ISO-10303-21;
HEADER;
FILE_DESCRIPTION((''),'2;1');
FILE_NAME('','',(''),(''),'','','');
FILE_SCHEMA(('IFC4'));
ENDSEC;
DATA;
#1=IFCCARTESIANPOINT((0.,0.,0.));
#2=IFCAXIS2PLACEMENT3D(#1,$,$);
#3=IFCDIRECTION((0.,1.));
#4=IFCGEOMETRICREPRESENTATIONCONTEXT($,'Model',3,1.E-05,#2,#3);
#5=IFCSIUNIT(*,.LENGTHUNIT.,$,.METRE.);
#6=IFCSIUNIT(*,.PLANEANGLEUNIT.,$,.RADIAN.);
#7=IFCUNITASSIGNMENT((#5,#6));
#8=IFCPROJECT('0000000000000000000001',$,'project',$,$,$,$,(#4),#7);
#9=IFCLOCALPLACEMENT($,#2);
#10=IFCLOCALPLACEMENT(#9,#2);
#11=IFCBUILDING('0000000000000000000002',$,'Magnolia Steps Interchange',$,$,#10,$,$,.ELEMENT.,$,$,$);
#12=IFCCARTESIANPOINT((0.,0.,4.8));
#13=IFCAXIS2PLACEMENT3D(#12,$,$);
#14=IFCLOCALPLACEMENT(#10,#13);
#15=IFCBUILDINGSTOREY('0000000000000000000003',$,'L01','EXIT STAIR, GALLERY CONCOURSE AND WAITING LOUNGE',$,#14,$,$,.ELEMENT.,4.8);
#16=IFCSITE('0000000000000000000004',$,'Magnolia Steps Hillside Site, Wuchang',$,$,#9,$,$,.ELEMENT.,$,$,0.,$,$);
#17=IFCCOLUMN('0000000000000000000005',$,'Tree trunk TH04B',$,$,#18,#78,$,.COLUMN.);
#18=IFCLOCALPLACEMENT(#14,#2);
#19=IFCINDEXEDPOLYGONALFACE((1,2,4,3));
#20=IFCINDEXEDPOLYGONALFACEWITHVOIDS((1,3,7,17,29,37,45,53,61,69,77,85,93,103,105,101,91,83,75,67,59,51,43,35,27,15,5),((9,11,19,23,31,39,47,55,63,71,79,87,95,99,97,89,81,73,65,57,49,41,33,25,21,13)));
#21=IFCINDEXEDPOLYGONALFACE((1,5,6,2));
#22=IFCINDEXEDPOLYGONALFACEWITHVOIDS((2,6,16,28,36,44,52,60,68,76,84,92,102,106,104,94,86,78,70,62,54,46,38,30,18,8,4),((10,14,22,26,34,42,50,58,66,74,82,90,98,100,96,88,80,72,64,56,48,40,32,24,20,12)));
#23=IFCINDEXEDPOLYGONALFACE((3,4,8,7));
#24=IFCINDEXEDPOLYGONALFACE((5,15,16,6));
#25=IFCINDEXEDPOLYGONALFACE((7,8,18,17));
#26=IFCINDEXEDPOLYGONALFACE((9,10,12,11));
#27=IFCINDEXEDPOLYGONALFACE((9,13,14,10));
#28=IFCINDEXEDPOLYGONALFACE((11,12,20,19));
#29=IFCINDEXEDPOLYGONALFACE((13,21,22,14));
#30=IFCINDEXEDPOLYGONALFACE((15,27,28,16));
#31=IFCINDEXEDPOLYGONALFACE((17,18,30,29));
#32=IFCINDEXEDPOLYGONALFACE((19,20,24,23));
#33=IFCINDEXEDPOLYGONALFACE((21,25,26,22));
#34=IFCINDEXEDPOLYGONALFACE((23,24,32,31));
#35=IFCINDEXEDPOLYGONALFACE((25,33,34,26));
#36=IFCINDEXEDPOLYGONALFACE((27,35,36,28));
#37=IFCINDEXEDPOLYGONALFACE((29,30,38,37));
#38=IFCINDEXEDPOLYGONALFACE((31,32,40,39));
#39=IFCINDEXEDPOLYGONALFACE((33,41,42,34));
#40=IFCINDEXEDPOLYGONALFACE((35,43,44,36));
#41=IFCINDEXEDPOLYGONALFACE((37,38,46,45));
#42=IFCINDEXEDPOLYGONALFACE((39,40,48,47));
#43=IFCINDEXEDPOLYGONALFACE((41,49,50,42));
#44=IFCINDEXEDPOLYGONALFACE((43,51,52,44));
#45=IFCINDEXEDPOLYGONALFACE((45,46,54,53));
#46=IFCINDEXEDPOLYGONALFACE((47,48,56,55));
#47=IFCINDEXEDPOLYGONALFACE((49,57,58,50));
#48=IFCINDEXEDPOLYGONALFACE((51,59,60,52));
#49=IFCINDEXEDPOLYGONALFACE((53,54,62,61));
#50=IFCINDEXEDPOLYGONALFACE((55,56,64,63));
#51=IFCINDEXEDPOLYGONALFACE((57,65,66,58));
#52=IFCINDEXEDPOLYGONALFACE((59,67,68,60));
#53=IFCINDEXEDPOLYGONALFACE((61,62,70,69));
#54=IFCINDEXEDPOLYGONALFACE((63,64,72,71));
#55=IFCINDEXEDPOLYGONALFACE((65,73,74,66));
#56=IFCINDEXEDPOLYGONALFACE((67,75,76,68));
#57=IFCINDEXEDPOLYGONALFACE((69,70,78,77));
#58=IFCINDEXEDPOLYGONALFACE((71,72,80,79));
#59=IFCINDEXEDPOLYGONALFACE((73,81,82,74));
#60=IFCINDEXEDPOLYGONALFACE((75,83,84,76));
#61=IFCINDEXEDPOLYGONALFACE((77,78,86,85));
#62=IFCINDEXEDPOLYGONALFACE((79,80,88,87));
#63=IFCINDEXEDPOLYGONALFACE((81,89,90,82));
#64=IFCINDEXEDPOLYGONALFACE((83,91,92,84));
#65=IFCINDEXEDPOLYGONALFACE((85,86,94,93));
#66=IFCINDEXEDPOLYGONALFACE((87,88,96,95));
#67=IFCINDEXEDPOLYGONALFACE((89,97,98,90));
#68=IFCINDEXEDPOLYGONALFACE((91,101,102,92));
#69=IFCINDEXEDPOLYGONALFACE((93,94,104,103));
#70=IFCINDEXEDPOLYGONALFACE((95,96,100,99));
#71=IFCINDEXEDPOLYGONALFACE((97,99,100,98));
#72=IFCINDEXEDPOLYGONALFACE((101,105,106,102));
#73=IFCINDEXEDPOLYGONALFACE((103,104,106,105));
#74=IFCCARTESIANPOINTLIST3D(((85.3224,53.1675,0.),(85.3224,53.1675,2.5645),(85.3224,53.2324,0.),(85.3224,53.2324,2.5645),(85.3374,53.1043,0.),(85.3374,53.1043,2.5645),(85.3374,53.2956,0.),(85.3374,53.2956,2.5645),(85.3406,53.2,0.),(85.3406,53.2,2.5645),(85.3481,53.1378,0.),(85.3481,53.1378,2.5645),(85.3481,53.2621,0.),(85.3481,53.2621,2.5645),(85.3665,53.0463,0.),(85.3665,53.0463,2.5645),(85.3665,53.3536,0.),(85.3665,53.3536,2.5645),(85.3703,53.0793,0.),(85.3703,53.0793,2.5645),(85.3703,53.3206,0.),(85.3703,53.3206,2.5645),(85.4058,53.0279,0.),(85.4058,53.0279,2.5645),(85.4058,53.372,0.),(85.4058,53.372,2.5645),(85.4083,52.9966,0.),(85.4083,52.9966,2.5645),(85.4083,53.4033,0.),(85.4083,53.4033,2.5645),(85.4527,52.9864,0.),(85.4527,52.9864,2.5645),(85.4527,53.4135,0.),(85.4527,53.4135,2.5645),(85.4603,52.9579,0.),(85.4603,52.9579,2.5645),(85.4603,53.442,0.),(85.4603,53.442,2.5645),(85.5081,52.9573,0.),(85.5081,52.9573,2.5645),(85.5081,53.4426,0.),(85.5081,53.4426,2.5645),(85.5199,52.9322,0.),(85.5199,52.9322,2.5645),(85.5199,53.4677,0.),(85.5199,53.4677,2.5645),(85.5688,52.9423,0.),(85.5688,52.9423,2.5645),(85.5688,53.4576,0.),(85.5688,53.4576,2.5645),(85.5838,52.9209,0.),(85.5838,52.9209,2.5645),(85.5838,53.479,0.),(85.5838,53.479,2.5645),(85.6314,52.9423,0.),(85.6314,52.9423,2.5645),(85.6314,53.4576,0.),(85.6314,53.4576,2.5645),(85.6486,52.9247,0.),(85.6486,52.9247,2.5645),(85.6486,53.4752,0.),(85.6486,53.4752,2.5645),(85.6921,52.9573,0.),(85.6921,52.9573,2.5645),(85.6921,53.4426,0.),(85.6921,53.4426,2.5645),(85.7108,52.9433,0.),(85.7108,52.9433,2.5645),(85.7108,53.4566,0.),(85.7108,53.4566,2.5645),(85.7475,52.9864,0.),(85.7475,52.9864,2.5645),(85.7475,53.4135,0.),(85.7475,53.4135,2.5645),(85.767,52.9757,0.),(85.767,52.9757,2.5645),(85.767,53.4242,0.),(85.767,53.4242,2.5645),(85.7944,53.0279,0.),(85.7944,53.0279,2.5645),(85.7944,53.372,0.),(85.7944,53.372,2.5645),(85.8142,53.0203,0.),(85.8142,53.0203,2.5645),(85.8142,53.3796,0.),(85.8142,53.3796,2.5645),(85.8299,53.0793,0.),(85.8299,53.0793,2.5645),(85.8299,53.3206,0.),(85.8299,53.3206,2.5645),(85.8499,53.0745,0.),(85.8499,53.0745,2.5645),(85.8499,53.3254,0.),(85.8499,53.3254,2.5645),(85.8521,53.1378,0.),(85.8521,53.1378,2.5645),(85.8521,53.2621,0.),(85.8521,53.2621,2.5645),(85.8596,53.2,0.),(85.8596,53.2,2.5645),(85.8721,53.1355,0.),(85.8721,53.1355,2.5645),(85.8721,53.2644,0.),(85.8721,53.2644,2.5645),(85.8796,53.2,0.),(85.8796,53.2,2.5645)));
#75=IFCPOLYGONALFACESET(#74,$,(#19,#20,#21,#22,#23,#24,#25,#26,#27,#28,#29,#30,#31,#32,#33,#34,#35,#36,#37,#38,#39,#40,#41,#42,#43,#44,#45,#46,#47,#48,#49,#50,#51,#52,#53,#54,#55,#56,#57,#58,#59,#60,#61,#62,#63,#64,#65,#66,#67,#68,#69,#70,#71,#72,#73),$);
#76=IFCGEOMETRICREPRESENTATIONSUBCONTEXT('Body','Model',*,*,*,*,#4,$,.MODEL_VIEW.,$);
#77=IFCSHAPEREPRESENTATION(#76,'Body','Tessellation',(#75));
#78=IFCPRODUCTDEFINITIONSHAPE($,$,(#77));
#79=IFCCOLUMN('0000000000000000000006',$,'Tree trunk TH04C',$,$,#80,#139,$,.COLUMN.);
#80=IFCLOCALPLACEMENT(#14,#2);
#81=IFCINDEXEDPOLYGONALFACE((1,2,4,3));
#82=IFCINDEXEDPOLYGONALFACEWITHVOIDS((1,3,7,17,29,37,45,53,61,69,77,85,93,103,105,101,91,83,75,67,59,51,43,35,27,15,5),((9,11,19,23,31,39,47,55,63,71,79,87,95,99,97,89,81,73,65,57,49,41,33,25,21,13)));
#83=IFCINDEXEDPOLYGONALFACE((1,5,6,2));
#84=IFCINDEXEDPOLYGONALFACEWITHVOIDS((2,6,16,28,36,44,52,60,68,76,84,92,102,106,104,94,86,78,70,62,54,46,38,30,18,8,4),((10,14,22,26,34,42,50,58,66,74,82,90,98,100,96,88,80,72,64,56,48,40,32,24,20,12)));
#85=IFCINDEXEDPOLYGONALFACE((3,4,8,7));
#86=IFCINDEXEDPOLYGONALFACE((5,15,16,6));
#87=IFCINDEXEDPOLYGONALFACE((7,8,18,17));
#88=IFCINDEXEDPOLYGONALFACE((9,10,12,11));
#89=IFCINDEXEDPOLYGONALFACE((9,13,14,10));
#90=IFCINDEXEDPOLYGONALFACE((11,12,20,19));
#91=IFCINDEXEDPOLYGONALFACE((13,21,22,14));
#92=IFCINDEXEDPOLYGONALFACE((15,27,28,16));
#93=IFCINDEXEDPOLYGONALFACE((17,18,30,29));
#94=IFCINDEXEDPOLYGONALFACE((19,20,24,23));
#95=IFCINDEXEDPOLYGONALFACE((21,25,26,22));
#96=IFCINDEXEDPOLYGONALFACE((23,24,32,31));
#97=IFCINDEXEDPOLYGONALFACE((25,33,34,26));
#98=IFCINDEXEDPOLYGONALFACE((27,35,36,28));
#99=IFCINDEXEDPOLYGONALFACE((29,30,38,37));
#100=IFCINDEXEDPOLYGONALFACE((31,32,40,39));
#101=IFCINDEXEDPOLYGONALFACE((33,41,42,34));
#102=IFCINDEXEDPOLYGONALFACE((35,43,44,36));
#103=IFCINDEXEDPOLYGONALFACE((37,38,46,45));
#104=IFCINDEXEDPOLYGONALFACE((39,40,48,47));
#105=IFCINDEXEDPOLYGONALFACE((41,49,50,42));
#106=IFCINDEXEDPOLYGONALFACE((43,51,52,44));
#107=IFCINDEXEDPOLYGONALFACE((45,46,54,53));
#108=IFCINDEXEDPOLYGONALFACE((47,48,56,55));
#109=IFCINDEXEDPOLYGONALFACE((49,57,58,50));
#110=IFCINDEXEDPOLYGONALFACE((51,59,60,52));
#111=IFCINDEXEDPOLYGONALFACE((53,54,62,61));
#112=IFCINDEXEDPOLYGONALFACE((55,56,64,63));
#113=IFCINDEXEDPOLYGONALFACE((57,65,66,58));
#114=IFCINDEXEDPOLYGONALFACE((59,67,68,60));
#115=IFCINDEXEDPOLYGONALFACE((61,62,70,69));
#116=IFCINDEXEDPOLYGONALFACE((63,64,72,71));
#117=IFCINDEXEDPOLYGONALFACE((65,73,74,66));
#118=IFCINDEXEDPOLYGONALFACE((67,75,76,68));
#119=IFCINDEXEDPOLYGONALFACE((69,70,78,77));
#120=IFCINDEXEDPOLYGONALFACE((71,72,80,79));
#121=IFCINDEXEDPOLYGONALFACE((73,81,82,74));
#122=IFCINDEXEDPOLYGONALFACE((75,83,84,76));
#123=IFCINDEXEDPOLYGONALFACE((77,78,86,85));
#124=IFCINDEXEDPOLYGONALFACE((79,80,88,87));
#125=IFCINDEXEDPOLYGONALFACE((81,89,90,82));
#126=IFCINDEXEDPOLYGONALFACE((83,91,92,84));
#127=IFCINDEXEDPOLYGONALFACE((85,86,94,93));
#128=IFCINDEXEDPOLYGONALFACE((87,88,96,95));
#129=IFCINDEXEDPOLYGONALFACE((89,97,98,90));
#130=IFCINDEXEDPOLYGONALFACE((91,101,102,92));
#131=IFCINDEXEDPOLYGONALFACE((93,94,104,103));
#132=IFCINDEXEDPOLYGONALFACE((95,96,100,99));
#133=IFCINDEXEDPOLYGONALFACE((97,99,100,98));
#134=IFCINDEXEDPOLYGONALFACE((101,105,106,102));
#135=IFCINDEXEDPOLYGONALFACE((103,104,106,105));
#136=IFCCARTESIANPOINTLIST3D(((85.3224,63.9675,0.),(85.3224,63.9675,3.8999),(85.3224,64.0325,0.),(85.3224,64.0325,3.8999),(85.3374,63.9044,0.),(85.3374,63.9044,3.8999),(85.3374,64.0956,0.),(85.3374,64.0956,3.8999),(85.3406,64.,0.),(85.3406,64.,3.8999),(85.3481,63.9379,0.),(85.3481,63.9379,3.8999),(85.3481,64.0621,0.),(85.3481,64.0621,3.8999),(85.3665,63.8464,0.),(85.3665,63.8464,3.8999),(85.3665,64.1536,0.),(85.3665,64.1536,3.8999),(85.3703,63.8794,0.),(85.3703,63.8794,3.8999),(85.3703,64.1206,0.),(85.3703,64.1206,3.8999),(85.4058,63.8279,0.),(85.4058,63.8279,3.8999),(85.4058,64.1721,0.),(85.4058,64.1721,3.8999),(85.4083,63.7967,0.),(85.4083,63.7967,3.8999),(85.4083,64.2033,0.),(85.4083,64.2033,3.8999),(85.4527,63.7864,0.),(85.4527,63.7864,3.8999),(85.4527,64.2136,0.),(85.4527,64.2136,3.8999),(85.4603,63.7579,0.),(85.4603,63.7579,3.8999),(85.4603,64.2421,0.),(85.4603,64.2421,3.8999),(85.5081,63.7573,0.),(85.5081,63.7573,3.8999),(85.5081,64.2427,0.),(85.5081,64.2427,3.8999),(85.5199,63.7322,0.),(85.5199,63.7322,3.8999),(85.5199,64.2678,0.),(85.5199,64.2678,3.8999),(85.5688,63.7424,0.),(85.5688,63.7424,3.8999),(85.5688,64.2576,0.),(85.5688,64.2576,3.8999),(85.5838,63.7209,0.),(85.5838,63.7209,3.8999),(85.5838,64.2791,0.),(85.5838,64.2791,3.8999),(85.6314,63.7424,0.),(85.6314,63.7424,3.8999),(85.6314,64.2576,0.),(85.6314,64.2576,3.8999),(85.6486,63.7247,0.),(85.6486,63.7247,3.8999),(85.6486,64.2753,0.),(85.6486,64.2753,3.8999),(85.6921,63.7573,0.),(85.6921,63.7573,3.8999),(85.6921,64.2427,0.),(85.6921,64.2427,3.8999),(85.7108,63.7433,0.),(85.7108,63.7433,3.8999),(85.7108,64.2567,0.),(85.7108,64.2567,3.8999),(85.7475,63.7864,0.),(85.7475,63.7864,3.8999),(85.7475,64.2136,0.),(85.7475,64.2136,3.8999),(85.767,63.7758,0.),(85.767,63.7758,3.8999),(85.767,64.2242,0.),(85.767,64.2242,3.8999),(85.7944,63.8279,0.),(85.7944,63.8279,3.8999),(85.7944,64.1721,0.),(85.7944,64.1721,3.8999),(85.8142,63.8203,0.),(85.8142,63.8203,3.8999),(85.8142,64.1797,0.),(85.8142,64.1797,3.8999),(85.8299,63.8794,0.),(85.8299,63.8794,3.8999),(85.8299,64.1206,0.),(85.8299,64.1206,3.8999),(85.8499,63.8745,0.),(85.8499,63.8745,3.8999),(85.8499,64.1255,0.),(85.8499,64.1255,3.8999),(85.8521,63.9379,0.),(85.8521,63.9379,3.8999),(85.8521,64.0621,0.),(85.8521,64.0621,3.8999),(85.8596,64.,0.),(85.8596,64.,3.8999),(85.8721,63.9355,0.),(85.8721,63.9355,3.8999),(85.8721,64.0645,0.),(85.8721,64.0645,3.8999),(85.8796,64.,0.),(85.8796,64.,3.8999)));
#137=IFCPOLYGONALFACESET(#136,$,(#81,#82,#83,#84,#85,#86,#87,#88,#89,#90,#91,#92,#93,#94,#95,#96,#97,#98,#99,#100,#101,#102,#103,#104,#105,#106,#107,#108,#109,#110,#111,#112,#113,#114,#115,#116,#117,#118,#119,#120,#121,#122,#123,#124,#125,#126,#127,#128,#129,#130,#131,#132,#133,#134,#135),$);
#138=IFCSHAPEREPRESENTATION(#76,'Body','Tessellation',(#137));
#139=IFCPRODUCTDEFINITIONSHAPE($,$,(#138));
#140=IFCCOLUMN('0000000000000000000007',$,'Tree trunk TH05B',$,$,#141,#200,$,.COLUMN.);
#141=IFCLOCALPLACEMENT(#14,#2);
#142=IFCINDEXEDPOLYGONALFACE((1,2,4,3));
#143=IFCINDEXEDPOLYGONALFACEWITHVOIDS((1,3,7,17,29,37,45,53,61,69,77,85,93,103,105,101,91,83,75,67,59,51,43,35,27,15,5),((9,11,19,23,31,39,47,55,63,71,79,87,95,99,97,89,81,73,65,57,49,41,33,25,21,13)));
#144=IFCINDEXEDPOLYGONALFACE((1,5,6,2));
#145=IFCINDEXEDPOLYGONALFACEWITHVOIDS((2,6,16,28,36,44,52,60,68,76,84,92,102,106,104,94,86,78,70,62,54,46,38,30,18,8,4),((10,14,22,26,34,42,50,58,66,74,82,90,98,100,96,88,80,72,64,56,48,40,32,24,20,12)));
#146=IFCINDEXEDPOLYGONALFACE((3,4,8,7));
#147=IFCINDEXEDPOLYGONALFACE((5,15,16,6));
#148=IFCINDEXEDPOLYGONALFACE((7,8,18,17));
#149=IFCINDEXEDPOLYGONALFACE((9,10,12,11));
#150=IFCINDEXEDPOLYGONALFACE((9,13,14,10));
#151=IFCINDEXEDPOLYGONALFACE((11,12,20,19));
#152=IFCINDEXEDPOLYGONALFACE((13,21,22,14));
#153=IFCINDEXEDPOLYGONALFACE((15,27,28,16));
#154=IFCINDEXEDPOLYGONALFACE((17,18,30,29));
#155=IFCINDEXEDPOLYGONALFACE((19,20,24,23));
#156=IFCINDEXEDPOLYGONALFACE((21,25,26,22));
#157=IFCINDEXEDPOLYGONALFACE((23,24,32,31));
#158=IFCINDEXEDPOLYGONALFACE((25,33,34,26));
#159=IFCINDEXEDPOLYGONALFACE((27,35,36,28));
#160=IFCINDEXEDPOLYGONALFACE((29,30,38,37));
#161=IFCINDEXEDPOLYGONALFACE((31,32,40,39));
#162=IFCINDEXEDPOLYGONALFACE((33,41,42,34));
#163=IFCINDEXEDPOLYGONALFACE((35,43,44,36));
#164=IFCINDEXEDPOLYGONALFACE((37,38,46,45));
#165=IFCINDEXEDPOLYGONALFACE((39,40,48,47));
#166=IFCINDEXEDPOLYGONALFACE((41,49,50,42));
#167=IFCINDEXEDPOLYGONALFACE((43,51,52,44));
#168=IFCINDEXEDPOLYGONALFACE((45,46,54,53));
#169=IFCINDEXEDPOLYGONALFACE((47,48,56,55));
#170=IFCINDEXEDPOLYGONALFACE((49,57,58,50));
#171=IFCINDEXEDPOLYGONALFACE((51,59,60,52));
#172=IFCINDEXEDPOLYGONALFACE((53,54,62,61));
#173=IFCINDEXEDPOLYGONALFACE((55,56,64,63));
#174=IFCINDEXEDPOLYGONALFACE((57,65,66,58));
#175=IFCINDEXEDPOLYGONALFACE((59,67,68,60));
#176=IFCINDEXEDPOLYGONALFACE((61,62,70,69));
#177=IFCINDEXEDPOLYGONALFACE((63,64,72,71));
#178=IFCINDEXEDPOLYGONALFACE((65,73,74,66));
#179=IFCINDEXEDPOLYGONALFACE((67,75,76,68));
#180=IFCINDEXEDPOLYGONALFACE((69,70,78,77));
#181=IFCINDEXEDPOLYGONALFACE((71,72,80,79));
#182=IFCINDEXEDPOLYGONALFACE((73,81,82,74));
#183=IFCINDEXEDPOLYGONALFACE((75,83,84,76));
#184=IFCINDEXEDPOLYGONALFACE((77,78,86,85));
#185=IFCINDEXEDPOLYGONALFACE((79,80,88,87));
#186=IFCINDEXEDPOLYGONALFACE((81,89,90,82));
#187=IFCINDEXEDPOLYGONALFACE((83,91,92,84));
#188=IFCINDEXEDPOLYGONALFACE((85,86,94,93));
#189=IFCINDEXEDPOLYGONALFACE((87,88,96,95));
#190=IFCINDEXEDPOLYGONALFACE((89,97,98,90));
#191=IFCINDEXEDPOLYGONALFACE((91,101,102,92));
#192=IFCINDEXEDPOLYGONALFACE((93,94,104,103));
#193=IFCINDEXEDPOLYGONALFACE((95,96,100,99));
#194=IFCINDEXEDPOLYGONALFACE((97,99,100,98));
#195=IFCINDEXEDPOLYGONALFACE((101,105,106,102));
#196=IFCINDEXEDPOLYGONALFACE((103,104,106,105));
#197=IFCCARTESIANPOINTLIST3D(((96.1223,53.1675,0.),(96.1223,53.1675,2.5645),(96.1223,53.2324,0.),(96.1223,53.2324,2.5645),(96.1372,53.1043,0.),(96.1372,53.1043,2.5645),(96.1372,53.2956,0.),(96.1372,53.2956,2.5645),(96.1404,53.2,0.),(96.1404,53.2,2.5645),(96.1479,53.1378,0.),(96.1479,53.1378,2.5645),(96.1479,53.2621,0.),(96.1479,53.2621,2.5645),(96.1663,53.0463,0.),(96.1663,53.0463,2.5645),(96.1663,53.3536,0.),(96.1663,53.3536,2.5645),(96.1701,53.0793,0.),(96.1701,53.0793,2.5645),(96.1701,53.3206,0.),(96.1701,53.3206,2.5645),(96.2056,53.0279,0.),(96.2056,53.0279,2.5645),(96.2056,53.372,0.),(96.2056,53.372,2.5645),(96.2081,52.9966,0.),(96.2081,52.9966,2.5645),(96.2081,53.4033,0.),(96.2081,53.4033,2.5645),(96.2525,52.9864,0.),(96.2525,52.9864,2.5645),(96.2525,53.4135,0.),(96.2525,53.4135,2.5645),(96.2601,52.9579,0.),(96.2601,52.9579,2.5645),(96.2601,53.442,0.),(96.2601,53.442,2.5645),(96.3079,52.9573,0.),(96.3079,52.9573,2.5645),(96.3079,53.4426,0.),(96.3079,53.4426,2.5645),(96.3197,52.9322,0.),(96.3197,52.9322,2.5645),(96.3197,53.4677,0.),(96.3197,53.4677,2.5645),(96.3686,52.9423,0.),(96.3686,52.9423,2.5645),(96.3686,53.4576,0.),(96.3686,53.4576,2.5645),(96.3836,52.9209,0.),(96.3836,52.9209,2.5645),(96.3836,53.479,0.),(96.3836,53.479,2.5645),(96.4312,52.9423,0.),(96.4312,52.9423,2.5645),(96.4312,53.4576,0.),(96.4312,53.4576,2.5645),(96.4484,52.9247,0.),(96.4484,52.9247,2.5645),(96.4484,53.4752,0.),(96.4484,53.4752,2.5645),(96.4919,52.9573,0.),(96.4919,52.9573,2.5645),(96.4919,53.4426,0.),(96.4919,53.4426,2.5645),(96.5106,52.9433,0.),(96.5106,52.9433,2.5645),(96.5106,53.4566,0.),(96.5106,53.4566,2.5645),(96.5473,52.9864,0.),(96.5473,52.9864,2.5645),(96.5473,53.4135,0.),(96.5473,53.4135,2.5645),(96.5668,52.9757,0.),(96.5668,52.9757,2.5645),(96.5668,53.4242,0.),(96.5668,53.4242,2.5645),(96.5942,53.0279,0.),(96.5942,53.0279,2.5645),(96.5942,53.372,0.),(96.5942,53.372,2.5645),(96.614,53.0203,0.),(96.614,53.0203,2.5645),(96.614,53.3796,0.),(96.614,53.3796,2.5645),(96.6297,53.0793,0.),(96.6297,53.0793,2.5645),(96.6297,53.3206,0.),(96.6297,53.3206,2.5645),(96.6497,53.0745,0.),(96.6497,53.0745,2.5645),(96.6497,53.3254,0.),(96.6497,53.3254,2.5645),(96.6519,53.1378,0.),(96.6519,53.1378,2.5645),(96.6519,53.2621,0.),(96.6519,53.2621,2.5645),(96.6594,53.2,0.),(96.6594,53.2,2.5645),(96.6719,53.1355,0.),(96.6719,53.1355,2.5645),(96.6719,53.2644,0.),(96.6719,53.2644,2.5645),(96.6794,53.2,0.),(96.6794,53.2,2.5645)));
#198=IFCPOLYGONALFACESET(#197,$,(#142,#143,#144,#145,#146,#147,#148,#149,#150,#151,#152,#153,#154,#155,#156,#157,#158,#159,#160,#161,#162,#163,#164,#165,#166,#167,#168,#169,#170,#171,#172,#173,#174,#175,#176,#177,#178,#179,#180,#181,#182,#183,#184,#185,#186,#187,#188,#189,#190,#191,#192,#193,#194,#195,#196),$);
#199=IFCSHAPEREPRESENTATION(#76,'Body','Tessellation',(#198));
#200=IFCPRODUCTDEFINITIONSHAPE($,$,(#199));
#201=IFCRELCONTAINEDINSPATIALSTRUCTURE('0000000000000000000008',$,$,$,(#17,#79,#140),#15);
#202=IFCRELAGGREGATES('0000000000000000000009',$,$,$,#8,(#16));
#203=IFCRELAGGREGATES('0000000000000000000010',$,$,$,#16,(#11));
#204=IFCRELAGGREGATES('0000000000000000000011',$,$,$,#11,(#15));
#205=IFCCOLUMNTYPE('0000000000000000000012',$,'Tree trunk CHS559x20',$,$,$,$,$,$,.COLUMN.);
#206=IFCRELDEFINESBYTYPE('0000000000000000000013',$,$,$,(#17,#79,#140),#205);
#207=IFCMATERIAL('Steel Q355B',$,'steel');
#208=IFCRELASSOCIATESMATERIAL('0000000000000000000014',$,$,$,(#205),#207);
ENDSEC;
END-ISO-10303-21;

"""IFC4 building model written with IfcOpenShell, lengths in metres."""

from ifc_helpers import new_model, si_unit, direction, frame, origin, origin_2d, place, context, subcontext, project, spatial, hollow_circle, extrude, material, material_profile, profile_set, type_object, element, save


model = new_model("IFC4")

# Units and contexts
model_context = context("Model", 3, precision=1e-05, world=origin(), true_north=direction((0.0, 1.0)))
body_context = subcontext(model_context, "Body", "Model", "MODEL_VIEW")
ifc_project = project(units=[si_unit("LENGTHUNIT", "METRE"), si_unit("PLANEANGLEUNIT", "RADIAN")], contexts=[model_context])

# Site, building, storey
site_placement = place(None, origin())
site = spatial("IfcSite", under=ifc_project, at=site_placement, Name="Magnolia Steps Hillside Site, Wuchang", CompositionType="ELEMENT", RefElevation=0.0)
building_placement = place(site_placement, origin())
building = spatial("IfcBuilding", under=site, at=building_placement, Name="Magnolia Steps Interchange", CompositionType="ELEMENT")
storey_placement = place(building_placement, frame((0.0, 0.0, 4.8)))
storey = spatial("IfcBuildingStorey", under=building, at=storey_placement, Name="L01", Description="EXIT STAIR, GALLERY CONCOURSE AND WAITING LOUNGE", CompositionType="ELEMENT", Elevation=4.8)

# Columns
ifc_material_1 = material(Name="Steel Q355B", Category="steel")
ifc_material_profile_1 = material_profile(ifc_material_1, hollow_circle(Radius=0.2795, WallThickness=0.02, at=origin_2d()), Name="CHS559x20")
ifc_profile_set_1 = profile_set([ifc_material_profile_1], Name="Steel Q355B")
column_type = type_object("IfcColumnType", Name="Tree trunk CHS559x20", PredefinedType="COLUMN", material=ifc_profile_set_1)
column_1_placement = place(storey_placement, frame((85.6001, 53.2, 0.0), z_axis=(0.0, 0.0, 1.0), x_axis=(1.0, 0.0, 0.0)))
element("IfcColumn", 1, at=column_1_placement, inside=storey, type_object=column_type, Name="Tree trunk TH04B", PredefinedType="COLUMN", context=body_context, shape_type="SweptSolid", body=[
    extrude(hollow_circle(Radius=0.2795, WallThickness=0.02, at=origin_2d()), origin(), (0.0, 0.0, 1.0), 2.5645),
])
column_2_placement = place(storey_placement, frame((85.6001, 64.0, 0.0), z_axis=(0.0, 0.0, 1.0), x_axis=(1.0, 0.0, 0.0)))
element("IfcColumn", 2, at=column_2_placement, inside=storey, type_object=column_type, Name="Tree trunk TH04C", PredefinedType="COLUMN", context=body_context, shape_type="SweptSolid", body=[
    extrude(hollow_circle(Radius=0.2795, WallThickness=0.02, at=origin_2d()), origin(), (0.0, 0.0, 1.0), 3.8999),
])
column_3_placement = place(storey_placement, frame((96.3999, 53.2, 0.0), z_axis=(0.0, 0.0, 1.0), x_axis=(1.0, 0.0, 0.0)))
element("IfcColumn", 3, at=column_3_placement, inside=storey, type_object=column_type, Name="Tree trunk TH05B", PredefinedType="COLUMN", context=body_context, shape_type="SweptSolid", body=[
    extrude(hollow_circle(Radius=0.2795, WallThickness=0.02, at=origin_2d()), origin(), (0.0, 0.0, 1.0), 2.5645),
])

save(model, "model.ifc")
